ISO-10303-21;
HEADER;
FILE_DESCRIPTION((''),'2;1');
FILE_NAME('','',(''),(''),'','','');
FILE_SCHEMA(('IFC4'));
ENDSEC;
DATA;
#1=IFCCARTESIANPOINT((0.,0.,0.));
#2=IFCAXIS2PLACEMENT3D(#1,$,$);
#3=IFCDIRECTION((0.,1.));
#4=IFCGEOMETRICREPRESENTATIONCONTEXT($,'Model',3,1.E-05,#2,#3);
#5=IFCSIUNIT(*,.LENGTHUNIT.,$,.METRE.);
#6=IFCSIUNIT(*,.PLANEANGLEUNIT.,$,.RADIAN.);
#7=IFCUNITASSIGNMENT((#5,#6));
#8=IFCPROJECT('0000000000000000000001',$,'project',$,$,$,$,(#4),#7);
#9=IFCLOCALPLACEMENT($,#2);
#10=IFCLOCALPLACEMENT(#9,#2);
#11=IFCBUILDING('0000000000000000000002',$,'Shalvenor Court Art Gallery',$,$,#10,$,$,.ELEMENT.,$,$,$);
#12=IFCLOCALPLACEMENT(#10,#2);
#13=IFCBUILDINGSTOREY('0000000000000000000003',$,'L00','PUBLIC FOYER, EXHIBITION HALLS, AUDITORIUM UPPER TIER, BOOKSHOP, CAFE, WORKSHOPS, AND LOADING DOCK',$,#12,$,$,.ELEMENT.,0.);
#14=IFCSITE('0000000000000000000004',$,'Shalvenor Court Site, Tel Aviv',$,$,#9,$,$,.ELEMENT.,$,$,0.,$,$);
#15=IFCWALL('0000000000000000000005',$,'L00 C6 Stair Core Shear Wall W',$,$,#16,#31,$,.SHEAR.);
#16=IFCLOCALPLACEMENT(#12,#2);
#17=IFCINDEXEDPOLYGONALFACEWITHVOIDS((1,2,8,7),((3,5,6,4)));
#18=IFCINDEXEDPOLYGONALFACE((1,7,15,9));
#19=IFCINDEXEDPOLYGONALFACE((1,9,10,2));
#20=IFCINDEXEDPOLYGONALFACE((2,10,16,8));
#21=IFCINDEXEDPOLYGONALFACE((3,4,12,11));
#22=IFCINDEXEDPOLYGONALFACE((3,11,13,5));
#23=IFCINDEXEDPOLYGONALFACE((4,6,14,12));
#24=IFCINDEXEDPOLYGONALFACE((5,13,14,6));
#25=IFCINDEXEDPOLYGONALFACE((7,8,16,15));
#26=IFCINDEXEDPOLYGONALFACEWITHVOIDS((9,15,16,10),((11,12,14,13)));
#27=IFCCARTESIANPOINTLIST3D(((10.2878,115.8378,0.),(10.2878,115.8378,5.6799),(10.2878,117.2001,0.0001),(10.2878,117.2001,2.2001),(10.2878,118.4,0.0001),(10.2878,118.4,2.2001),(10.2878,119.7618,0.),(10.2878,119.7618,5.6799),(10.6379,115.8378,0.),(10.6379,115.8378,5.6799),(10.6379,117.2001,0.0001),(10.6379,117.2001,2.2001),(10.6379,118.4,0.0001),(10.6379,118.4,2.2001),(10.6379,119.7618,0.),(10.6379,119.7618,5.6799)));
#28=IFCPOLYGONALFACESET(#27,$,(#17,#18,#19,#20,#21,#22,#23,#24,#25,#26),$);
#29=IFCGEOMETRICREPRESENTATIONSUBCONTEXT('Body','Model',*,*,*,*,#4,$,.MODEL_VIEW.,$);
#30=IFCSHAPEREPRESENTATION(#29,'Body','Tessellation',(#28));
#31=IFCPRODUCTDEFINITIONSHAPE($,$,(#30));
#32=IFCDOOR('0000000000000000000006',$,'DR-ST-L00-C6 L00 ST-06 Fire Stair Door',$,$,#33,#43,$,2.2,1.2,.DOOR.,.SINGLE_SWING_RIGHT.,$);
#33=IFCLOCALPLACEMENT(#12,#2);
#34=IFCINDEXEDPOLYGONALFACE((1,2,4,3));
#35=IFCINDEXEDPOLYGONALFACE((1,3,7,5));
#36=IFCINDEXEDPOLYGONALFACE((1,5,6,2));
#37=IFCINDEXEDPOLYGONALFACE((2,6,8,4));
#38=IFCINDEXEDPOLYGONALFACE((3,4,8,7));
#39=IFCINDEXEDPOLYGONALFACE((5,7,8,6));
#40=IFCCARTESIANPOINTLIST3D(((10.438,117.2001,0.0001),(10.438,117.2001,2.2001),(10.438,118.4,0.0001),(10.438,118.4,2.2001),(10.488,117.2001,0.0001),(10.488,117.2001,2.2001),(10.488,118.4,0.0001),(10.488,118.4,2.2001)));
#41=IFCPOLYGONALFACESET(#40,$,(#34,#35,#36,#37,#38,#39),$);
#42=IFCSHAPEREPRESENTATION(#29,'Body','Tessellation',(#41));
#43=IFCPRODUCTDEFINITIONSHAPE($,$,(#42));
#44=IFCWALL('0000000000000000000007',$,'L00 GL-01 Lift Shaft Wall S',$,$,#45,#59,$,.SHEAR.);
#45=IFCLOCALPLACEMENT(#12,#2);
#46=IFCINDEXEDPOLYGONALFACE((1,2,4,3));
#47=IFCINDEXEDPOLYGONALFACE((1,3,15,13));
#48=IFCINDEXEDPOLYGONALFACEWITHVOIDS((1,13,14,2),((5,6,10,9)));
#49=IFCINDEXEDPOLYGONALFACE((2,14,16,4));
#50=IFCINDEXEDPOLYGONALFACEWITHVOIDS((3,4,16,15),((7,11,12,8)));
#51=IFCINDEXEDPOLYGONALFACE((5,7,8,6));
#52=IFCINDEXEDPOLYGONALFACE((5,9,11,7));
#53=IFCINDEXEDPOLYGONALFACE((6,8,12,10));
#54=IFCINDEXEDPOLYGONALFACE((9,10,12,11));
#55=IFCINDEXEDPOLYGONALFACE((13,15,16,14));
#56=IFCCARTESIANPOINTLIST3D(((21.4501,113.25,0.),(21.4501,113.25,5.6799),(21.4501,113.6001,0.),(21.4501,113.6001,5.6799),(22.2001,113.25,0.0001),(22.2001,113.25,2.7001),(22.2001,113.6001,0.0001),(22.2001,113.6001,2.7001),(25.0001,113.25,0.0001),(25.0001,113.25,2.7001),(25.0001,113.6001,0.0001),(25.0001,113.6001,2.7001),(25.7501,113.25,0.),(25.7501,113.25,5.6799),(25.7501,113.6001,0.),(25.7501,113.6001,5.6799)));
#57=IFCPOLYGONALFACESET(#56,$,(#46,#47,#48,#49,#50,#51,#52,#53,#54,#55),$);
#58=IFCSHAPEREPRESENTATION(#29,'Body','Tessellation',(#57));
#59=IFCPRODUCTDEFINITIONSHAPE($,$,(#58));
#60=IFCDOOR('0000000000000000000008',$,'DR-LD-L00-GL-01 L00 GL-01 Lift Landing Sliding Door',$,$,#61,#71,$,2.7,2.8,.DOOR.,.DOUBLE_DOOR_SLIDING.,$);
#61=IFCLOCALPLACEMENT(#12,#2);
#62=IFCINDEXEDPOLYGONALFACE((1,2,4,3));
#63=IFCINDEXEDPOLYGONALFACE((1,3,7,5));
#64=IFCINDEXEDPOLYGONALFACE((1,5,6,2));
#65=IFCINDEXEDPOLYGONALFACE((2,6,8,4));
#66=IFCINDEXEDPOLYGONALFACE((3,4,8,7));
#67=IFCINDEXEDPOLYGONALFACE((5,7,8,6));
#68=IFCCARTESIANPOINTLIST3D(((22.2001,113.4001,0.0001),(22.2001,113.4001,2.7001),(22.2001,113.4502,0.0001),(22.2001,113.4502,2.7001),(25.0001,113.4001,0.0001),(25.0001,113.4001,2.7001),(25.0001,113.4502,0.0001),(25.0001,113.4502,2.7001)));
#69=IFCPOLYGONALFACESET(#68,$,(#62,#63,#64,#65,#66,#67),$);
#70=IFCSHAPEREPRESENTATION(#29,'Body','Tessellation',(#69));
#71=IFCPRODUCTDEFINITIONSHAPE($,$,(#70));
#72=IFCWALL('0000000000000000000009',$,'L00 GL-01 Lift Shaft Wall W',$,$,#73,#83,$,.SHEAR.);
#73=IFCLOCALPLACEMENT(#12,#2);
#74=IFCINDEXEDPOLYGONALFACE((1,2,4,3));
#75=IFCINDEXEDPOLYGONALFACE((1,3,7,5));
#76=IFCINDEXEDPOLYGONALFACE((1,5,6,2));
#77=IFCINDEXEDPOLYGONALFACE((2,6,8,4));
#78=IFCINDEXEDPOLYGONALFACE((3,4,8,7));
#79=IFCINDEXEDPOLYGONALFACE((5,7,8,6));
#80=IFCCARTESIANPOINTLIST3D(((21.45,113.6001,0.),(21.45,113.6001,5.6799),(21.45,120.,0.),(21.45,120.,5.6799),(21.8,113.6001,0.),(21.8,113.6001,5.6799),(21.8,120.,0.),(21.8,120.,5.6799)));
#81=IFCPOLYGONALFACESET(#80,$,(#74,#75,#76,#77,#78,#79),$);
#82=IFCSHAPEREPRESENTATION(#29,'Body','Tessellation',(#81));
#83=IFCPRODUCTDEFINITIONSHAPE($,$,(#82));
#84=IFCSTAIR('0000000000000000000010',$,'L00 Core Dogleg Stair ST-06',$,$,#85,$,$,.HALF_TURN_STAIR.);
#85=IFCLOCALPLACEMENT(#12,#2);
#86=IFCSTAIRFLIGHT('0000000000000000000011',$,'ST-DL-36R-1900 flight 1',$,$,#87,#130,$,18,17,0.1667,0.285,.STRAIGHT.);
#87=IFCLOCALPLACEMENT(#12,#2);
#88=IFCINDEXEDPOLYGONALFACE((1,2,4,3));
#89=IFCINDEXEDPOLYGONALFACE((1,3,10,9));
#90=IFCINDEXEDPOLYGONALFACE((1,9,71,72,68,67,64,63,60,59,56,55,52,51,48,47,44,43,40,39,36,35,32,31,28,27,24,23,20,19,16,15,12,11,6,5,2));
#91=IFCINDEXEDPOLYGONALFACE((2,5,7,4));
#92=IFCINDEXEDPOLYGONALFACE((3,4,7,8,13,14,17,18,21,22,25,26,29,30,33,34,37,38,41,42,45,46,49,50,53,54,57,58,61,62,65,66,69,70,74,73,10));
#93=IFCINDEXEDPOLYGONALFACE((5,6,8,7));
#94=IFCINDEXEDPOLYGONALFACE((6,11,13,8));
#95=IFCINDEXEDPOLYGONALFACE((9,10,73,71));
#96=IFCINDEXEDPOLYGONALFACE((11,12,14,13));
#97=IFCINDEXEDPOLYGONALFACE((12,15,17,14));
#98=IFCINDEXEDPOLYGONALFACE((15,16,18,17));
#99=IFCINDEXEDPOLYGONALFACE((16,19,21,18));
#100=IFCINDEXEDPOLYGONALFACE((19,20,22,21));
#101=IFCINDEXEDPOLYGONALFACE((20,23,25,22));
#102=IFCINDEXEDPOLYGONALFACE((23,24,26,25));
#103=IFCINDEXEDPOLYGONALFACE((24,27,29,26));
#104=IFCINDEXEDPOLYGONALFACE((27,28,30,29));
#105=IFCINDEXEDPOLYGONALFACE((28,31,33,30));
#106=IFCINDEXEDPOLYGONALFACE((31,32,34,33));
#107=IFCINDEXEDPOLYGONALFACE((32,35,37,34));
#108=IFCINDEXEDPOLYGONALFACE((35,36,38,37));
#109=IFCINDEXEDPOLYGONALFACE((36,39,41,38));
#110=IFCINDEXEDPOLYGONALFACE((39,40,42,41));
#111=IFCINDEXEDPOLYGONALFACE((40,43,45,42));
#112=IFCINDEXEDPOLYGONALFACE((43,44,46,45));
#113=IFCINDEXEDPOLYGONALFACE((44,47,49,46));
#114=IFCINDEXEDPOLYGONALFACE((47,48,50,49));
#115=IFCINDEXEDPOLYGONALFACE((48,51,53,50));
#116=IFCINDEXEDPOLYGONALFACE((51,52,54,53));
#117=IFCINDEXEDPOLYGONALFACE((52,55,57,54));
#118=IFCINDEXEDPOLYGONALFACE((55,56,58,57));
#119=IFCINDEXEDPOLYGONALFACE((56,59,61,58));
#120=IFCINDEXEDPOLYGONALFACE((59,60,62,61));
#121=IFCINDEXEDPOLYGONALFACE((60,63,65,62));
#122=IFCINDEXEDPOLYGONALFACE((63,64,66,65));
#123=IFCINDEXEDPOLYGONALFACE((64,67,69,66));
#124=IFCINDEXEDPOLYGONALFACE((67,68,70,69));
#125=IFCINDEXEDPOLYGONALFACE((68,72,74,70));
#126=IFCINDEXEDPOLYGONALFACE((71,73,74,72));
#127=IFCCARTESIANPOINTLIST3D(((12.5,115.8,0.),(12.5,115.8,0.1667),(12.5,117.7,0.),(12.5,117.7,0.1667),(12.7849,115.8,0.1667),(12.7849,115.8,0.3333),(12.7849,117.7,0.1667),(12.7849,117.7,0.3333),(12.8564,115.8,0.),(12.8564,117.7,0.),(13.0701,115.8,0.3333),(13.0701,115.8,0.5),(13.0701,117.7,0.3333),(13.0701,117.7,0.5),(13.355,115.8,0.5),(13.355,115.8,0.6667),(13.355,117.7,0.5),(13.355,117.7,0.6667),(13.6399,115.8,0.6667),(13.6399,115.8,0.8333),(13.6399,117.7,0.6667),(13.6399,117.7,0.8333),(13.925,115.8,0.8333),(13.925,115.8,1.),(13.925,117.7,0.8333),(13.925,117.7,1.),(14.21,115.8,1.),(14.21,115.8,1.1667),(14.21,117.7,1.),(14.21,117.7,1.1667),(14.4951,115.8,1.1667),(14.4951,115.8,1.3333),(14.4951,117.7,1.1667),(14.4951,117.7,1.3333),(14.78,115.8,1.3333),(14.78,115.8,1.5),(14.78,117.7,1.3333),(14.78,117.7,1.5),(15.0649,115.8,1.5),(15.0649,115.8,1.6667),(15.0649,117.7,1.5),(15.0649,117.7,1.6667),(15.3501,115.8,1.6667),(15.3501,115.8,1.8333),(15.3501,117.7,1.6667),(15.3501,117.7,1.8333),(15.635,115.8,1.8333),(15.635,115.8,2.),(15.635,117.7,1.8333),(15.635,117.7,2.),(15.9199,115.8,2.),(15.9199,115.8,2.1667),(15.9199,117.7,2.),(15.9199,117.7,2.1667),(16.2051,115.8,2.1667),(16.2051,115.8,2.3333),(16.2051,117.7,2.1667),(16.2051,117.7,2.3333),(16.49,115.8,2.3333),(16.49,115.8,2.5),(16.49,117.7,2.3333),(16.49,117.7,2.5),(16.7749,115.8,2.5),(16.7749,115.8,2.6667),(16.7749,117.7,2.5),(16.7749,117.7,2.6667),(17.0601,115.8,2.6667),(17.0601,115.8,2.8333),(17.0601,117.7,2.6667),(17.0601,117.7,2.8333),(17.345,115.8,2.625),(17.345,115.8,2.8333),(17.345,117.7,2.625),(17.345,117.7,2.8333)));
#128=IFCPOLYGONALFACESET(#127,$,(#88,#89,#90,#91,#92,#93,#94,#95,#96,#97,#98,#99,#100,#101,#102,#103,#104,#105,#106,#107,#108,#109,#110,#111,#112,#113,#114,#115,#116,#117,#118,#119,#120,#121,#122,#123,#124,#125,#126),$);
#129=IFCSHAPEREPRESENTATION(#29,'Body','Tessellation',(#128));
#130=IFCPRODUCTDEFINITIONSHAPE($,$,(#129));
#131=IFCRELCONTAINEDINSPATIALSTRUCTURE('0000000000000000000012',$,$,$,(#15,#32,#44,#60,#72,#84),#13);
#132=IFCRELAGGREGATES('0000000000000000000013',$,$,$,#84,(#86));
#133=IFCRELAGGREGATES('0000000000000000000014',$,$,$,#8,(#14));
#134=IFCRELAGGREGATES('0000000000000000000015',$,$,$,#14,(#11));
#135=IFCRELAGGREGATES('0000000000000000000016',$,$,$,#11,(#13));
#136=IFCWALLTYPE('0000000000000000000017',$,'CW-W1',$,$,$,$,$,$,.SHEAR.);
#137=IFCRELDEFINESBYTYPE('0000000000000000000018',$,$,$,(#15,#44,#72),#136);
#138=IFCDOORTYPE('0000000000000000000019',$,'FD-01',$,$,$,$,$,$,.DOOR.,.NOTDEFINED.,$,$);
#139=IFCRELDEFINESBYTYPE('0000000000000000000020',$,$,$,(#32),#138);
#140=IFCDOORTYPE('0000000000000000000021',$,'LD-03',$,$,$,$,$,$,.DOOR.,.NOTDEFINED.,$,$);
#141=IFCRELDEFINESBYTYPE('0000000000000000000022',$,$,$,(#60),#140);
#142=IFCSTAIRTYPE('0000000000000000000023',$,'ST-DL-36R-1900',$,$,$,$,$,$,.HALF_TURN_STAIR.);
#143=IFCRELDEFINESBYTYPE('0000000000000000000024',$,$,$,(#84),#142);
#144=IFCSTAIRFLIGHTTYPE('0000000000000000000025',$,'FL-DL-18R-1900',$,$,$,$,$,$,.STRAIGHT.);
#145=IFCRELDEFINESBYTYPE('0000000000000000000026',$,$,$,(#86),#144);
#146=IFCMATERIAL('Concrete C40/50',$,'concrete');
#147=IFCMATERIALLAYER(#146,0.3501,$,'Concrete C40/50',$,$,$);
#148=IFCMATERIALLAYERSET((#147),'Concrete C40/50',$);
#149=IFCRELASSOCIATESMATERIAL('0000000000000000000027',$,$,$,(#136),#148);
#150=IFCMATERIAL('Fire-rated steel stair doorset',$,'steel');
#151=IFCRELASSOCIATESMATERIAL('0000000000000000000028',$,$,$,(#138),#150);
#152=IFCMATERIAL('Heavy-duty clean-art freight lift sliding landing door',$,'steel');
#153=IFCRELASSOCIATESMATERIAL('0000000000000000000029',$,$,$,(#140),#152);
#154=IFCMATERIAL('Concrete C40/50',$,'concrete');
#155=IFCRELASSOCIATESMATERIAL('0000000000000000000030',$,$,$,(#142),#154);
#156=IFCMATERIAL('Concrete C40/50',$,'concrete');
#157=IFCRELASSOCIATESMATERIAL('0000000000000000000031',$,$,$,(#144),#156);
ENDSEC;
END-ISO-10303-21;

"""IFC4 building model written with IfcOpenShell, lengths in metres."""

from ifc_helpers import new_model, si_unit, direction, frame, frame_2d, origin, place, context, subcontext, project, spatial, polyline, rectangle, outline, extrude, material, layer, layer_set, type_object, element, fill, aggregate, save


model = new_model("IFC4")

# Units and contexts
model_context = context("Model", 3, precision=1e-05, world=origin(), true_north=direction((0.0, 1.0)))
body_context = subcontext(model_context, "Body", "Model", "MODEL_VIEW")
ifc_project = project(units=[si_unit("LENGTHUNIT", "METRE"), si_unit("PLANEANGLEUNIT", "RADIAN")], contexts=[model_context])

# Site, building, storey
site_placement = place(None, origin())
site = spatial("IfcSite", under=ifc_project, at=site_placement, Name="Shalvenor Court Site, Tel Aviv", CompositionType="ELEMENT", RefElevation=0.0)
building_placement = place(site_placement, origin())
building = spatial("IfcBuilding", under=site, at=building_placement, Name="Shalvenor Court Art Gallery", CompositionType="ELEMENT")
storey_placement = place(building_placement, origin())
storey = spatial("IfcBuildingStorey", under=building, at=storey_placement, Name="L00", Description="PUBLIC FOYER, EXHIBITION HALLS, AUDITORIUM UPPER TIER, BOOKSHOP, CAFE, WORKSHOPS, AND LOADING DOCK", CompositionType="ELEMENT", Elevation=0.0)

# Shared definitions
ifc_material_1 = material(Name="Concrete C40/50", Category="concrete")
ifc_layer_1 = layer(ifc_material_1, 0.3501, Name="Concrete C40/50")
ifc_layer_set_1 = layer_set([ifc_layer_1], Name="Concrete C40/50")
wall_type = type_object("IfcWallType", Name="CW-W1", PredefinedType="SHEAR", material=ifc_layer_set_1)

# Walls, openings, doors
wall_1_placement = place(storey_placement, frame((10.4629, 115.8379, 0.0), z_axis=(0.0, 0.0, 1.0), x_axis=(0.0, 1.0, 0.0)))
wall_1 = element("IfcWall", 1, at=wall_1_placement, inside=storey, type_object=wall_type, Name="L00 C6 Stair Core Shear Wall W", PredefinedType="SHEAR", context=body_context, shape_type="SweptSolid", body=[
    extrude(rectangle(XDim=3.9241, YDim=0.3501, at=frame_2d((1.9619, 0.0))), origin(), (0.0, 0.0, 1.0), 5.6799),
])
opening_1_placement = place(wall_1_placement, frame((1.3621, 0.0, 0.0)))
opening_1 = element("IfcOpeningElement", 2, at=opening_1_placement, cuts=wall_1, PredefinedType="OPENING", context=body_context, shape_type="SweptSolid", body=[
    extrude(rectangle(XDim=1.2, YDim=2.2, at=frame_2d((0.6001, 1.1001))), frame((0.0, 0.1851, 0.0), z_axis=(0.0, -1.0, 0.0), x_axis=(1.0, 0.0, 0.0)), (0.0, 0.0, 1.0), 0.3701),
])
ifc_material_2 = material(Name="Fire-rated steel stair doorset", Category="steel")
door_type_1 = type_object("IfcDoorType", Name="FD-01", OperationType="NOTDEFINED", PredefinedType="DOOR", material=ifc_material_2)
door_1_placement = place(opening_1_placement, origin())
door_1 = element("IfcDoor", 3, at=door_1_placement, inside=storey, type_object=door_type_1, Name="DR-ST-L00-C6 L00 ST-06 Fire Stair Door", OperationType="SINGLE_SWING_RIGHT", OverallHeight=2.2, OverallWidth=1.2, PredefinedType="DOOR", context=body_context, shape_type="SweptSolid", body=[
    extrude(rectangle(XDim=1.2, YDim=2.2, at=frame_2d((0.6001, 1.1001))), frame((0.0, 0.0249, 0.0), z_axis=(0.0, -1.0, 0.0), x_axis=(1.0, 0.0, 0.0)), (0.0, 0.0, 1.0), 0.05),
])
fill(opening_1, door_1)
wall_2_placement = place(storey_placement, frame((25.75, 113.425, 0.0), z_axis=(0.0, 0.0, 1.0), x_axis=(-1.0, 0.0, 0.0)))
wall_2 = element("IfcWall", 4, at=wall_2_placement, inside=storey, type_object=wall_type, Name="L00 GL-01 Lift Shaft Wall S", PredefinedType="SHEAR", context=body_context, shape_type="SweptSolid", body=[
    extrude(rectangle(XDim=4.3, YDim=0.3501, at=frame_2d((2.1499, 0.0))), origin(), (0.0, 0.0, 1.0), 5.6799),
])
opening_2_placement = place(wall_2_placement, frame((0.75, 0.0, 0.0)))
opening_2 = element("IfcOpeningElement", 5, at=opening_2_placement, cuts=wall_2, PredefinedType="OPENING", context=body_context, shape_type="SweptSolid", body=[
    extrude(rectangle(XDim=2.8, YDim=2.7, at=frame_2d((1.3999, 1.3501))), frame((0.0, 0.1851, 0.0), z_axis=(0.0, -1.0, 0.0), x_axis=(1.0, 0.0, 0.0)), (0.0, 0.0, 1.0), 0.3701),
])
ifc_material_3 = material(Name="Heavy-duty clean-art freight lift sliding landing door", Category="steel")
door_type_2 = type_object("IfcDoorType", Name="LD-03", OperationType="NOTDEFINED", PredefinedType="DOOR", material=ifc_material_3)
door_2_placement = place(opening_2_placement, origin())
door_2 = element("IfcDoor", 6, at=door_2_placement, inside=storey, type_object=door_type_2, Name="DR-LD-L00-GL-01 L00 GL-01 Lift Landing Sliding Door", OperationType="DOUBLE_DOOR_SLIDING", OverallHeight=2.7, OverallWidth=2.8, PredefinedType="DOOR", context=body_context, shape_type="SweptSolid", body=[
    extrude(rectangle(XDim=2.8, YDim=2.7, at=frame_2d((1.3999, 1.3501))), frame((0.0, 0.0249, 0.0), z_axis=(0.0, -1.0, 0.0), x_axis=(1.0, 0.0, 0.0)), (0.0, 0.0, 1.0), 0.05),
])
fill(opening_2, door_2)

# Wall
wall_3_placement = place(storey_placement, frame((21.625, 113.6001, 0.0), z_axis=(0.0, 0.0, 1.0), x_axis=(0.0, 1.0, 0.0)))
element("IfcWall", 7, at=wall_3_placement, inside=storey, type_object=wall_type, Name="L00 GL-01 Lift Shaft Wall W", PredefinedType="SHEAR", context=body_context, shape_type="SweptSolid", body=[
    extrude(rectangle(XDim=6.3999, YDim=0.3501, at=frame_2d((3.2, 0.0))), origin(), (0.0, 0.0, 1.0), 5.6799),
])

# Stair, stair flight
ifc_material_4 = material(Name="Concrete C40/50", Category="concrete")
stair_type = type_object("IfcStairType", Name="ST-DL-36R-1900", PredefinedType="HALF_TURN_STAIR", material=ifc_material_4)
stair_placement = place(storey_placement, origin())
stair = element("IfcStair", 8, at=stair_placement, inside=storey, type_object=stair_type, Name="L00 Core Dogleg Stair ST-06", PredefinedType="HALF_TURN_STAIR")
ifc_material_5 = material(Name="Concrete C40/50", Category="concrete")
stair_flight_type = type_object("IfcStairFlightType", Name="FL-DL-18R-1900", PredefinedType="STRAIGHT", material=ifc_material_5)
stair_flight_placement = place(storey_placement, frame((12.5, 116.75, 0.0), z_axis=(0.0, 0.0, 1.0), x_axis=(1.0, 0.0, 0.0)))
stair_flight = element("IfcStairFlight", 9, at=stair_flight_placement, type_object=stair_flight_type, Name="ST-DL-36R-1900 flight 1", NumberOfRisers=18, NumberOfTreads=17, PredefinedType="STRAIGHT", RiserHeight=0.1667, TreadLength=0.285, context=body_context, shape_type="SweptSolid", body=[
    extrude(outline(polyline([(0.0, 0.0), (0.0, 0.1667), (0.2849, 0.1667), (0.2849, 0.3333), (0.5701, 0.3333), (0.5701, 0.5), (0.855, 0.5), (0.855, 0.6667), (1.1399, 0.6667), (1.1399, 0.8333), (1.425, 0.8333), (1.425, 1.0), (1.71, 1.0), (1.71, 1.1667), (1.9951, 1.1667), (1.9951, 1.3333), (2.28, 1.3333), (2.28, 1.5), (2.5649, 1.5), (2.5649, 1.6667), (2.8501, 1.6667), (2.8501, 1.8333), (3.135, 1.8333), (3.135, 2.0), (3.4199, 2.0), (3.4199, 2.1667), (3.7051, 2.1667), (3.7051, 2.3333), (3.99, 2.3333), (3.99, 2.5), (4.2749, 2.5), (4.2749, 2.6667), (4.5601, 2.6667), (4.5601, 2.8333), (4.845, 2.8333), (4.845, 3.0), (4.845, 2.625), (0.3564, 0.0), (0.0, 0.0)])), frame((0.0, 0.95, 0.0), z_axis=(0.0, -1.0, 0.0), x_axis=(1.0, 0.0, 0.0)), (0.0, 0.0, 1.0), 1.8999),
])
aggregate(stair, [stair_flight])

save(model, "model.ifc")
